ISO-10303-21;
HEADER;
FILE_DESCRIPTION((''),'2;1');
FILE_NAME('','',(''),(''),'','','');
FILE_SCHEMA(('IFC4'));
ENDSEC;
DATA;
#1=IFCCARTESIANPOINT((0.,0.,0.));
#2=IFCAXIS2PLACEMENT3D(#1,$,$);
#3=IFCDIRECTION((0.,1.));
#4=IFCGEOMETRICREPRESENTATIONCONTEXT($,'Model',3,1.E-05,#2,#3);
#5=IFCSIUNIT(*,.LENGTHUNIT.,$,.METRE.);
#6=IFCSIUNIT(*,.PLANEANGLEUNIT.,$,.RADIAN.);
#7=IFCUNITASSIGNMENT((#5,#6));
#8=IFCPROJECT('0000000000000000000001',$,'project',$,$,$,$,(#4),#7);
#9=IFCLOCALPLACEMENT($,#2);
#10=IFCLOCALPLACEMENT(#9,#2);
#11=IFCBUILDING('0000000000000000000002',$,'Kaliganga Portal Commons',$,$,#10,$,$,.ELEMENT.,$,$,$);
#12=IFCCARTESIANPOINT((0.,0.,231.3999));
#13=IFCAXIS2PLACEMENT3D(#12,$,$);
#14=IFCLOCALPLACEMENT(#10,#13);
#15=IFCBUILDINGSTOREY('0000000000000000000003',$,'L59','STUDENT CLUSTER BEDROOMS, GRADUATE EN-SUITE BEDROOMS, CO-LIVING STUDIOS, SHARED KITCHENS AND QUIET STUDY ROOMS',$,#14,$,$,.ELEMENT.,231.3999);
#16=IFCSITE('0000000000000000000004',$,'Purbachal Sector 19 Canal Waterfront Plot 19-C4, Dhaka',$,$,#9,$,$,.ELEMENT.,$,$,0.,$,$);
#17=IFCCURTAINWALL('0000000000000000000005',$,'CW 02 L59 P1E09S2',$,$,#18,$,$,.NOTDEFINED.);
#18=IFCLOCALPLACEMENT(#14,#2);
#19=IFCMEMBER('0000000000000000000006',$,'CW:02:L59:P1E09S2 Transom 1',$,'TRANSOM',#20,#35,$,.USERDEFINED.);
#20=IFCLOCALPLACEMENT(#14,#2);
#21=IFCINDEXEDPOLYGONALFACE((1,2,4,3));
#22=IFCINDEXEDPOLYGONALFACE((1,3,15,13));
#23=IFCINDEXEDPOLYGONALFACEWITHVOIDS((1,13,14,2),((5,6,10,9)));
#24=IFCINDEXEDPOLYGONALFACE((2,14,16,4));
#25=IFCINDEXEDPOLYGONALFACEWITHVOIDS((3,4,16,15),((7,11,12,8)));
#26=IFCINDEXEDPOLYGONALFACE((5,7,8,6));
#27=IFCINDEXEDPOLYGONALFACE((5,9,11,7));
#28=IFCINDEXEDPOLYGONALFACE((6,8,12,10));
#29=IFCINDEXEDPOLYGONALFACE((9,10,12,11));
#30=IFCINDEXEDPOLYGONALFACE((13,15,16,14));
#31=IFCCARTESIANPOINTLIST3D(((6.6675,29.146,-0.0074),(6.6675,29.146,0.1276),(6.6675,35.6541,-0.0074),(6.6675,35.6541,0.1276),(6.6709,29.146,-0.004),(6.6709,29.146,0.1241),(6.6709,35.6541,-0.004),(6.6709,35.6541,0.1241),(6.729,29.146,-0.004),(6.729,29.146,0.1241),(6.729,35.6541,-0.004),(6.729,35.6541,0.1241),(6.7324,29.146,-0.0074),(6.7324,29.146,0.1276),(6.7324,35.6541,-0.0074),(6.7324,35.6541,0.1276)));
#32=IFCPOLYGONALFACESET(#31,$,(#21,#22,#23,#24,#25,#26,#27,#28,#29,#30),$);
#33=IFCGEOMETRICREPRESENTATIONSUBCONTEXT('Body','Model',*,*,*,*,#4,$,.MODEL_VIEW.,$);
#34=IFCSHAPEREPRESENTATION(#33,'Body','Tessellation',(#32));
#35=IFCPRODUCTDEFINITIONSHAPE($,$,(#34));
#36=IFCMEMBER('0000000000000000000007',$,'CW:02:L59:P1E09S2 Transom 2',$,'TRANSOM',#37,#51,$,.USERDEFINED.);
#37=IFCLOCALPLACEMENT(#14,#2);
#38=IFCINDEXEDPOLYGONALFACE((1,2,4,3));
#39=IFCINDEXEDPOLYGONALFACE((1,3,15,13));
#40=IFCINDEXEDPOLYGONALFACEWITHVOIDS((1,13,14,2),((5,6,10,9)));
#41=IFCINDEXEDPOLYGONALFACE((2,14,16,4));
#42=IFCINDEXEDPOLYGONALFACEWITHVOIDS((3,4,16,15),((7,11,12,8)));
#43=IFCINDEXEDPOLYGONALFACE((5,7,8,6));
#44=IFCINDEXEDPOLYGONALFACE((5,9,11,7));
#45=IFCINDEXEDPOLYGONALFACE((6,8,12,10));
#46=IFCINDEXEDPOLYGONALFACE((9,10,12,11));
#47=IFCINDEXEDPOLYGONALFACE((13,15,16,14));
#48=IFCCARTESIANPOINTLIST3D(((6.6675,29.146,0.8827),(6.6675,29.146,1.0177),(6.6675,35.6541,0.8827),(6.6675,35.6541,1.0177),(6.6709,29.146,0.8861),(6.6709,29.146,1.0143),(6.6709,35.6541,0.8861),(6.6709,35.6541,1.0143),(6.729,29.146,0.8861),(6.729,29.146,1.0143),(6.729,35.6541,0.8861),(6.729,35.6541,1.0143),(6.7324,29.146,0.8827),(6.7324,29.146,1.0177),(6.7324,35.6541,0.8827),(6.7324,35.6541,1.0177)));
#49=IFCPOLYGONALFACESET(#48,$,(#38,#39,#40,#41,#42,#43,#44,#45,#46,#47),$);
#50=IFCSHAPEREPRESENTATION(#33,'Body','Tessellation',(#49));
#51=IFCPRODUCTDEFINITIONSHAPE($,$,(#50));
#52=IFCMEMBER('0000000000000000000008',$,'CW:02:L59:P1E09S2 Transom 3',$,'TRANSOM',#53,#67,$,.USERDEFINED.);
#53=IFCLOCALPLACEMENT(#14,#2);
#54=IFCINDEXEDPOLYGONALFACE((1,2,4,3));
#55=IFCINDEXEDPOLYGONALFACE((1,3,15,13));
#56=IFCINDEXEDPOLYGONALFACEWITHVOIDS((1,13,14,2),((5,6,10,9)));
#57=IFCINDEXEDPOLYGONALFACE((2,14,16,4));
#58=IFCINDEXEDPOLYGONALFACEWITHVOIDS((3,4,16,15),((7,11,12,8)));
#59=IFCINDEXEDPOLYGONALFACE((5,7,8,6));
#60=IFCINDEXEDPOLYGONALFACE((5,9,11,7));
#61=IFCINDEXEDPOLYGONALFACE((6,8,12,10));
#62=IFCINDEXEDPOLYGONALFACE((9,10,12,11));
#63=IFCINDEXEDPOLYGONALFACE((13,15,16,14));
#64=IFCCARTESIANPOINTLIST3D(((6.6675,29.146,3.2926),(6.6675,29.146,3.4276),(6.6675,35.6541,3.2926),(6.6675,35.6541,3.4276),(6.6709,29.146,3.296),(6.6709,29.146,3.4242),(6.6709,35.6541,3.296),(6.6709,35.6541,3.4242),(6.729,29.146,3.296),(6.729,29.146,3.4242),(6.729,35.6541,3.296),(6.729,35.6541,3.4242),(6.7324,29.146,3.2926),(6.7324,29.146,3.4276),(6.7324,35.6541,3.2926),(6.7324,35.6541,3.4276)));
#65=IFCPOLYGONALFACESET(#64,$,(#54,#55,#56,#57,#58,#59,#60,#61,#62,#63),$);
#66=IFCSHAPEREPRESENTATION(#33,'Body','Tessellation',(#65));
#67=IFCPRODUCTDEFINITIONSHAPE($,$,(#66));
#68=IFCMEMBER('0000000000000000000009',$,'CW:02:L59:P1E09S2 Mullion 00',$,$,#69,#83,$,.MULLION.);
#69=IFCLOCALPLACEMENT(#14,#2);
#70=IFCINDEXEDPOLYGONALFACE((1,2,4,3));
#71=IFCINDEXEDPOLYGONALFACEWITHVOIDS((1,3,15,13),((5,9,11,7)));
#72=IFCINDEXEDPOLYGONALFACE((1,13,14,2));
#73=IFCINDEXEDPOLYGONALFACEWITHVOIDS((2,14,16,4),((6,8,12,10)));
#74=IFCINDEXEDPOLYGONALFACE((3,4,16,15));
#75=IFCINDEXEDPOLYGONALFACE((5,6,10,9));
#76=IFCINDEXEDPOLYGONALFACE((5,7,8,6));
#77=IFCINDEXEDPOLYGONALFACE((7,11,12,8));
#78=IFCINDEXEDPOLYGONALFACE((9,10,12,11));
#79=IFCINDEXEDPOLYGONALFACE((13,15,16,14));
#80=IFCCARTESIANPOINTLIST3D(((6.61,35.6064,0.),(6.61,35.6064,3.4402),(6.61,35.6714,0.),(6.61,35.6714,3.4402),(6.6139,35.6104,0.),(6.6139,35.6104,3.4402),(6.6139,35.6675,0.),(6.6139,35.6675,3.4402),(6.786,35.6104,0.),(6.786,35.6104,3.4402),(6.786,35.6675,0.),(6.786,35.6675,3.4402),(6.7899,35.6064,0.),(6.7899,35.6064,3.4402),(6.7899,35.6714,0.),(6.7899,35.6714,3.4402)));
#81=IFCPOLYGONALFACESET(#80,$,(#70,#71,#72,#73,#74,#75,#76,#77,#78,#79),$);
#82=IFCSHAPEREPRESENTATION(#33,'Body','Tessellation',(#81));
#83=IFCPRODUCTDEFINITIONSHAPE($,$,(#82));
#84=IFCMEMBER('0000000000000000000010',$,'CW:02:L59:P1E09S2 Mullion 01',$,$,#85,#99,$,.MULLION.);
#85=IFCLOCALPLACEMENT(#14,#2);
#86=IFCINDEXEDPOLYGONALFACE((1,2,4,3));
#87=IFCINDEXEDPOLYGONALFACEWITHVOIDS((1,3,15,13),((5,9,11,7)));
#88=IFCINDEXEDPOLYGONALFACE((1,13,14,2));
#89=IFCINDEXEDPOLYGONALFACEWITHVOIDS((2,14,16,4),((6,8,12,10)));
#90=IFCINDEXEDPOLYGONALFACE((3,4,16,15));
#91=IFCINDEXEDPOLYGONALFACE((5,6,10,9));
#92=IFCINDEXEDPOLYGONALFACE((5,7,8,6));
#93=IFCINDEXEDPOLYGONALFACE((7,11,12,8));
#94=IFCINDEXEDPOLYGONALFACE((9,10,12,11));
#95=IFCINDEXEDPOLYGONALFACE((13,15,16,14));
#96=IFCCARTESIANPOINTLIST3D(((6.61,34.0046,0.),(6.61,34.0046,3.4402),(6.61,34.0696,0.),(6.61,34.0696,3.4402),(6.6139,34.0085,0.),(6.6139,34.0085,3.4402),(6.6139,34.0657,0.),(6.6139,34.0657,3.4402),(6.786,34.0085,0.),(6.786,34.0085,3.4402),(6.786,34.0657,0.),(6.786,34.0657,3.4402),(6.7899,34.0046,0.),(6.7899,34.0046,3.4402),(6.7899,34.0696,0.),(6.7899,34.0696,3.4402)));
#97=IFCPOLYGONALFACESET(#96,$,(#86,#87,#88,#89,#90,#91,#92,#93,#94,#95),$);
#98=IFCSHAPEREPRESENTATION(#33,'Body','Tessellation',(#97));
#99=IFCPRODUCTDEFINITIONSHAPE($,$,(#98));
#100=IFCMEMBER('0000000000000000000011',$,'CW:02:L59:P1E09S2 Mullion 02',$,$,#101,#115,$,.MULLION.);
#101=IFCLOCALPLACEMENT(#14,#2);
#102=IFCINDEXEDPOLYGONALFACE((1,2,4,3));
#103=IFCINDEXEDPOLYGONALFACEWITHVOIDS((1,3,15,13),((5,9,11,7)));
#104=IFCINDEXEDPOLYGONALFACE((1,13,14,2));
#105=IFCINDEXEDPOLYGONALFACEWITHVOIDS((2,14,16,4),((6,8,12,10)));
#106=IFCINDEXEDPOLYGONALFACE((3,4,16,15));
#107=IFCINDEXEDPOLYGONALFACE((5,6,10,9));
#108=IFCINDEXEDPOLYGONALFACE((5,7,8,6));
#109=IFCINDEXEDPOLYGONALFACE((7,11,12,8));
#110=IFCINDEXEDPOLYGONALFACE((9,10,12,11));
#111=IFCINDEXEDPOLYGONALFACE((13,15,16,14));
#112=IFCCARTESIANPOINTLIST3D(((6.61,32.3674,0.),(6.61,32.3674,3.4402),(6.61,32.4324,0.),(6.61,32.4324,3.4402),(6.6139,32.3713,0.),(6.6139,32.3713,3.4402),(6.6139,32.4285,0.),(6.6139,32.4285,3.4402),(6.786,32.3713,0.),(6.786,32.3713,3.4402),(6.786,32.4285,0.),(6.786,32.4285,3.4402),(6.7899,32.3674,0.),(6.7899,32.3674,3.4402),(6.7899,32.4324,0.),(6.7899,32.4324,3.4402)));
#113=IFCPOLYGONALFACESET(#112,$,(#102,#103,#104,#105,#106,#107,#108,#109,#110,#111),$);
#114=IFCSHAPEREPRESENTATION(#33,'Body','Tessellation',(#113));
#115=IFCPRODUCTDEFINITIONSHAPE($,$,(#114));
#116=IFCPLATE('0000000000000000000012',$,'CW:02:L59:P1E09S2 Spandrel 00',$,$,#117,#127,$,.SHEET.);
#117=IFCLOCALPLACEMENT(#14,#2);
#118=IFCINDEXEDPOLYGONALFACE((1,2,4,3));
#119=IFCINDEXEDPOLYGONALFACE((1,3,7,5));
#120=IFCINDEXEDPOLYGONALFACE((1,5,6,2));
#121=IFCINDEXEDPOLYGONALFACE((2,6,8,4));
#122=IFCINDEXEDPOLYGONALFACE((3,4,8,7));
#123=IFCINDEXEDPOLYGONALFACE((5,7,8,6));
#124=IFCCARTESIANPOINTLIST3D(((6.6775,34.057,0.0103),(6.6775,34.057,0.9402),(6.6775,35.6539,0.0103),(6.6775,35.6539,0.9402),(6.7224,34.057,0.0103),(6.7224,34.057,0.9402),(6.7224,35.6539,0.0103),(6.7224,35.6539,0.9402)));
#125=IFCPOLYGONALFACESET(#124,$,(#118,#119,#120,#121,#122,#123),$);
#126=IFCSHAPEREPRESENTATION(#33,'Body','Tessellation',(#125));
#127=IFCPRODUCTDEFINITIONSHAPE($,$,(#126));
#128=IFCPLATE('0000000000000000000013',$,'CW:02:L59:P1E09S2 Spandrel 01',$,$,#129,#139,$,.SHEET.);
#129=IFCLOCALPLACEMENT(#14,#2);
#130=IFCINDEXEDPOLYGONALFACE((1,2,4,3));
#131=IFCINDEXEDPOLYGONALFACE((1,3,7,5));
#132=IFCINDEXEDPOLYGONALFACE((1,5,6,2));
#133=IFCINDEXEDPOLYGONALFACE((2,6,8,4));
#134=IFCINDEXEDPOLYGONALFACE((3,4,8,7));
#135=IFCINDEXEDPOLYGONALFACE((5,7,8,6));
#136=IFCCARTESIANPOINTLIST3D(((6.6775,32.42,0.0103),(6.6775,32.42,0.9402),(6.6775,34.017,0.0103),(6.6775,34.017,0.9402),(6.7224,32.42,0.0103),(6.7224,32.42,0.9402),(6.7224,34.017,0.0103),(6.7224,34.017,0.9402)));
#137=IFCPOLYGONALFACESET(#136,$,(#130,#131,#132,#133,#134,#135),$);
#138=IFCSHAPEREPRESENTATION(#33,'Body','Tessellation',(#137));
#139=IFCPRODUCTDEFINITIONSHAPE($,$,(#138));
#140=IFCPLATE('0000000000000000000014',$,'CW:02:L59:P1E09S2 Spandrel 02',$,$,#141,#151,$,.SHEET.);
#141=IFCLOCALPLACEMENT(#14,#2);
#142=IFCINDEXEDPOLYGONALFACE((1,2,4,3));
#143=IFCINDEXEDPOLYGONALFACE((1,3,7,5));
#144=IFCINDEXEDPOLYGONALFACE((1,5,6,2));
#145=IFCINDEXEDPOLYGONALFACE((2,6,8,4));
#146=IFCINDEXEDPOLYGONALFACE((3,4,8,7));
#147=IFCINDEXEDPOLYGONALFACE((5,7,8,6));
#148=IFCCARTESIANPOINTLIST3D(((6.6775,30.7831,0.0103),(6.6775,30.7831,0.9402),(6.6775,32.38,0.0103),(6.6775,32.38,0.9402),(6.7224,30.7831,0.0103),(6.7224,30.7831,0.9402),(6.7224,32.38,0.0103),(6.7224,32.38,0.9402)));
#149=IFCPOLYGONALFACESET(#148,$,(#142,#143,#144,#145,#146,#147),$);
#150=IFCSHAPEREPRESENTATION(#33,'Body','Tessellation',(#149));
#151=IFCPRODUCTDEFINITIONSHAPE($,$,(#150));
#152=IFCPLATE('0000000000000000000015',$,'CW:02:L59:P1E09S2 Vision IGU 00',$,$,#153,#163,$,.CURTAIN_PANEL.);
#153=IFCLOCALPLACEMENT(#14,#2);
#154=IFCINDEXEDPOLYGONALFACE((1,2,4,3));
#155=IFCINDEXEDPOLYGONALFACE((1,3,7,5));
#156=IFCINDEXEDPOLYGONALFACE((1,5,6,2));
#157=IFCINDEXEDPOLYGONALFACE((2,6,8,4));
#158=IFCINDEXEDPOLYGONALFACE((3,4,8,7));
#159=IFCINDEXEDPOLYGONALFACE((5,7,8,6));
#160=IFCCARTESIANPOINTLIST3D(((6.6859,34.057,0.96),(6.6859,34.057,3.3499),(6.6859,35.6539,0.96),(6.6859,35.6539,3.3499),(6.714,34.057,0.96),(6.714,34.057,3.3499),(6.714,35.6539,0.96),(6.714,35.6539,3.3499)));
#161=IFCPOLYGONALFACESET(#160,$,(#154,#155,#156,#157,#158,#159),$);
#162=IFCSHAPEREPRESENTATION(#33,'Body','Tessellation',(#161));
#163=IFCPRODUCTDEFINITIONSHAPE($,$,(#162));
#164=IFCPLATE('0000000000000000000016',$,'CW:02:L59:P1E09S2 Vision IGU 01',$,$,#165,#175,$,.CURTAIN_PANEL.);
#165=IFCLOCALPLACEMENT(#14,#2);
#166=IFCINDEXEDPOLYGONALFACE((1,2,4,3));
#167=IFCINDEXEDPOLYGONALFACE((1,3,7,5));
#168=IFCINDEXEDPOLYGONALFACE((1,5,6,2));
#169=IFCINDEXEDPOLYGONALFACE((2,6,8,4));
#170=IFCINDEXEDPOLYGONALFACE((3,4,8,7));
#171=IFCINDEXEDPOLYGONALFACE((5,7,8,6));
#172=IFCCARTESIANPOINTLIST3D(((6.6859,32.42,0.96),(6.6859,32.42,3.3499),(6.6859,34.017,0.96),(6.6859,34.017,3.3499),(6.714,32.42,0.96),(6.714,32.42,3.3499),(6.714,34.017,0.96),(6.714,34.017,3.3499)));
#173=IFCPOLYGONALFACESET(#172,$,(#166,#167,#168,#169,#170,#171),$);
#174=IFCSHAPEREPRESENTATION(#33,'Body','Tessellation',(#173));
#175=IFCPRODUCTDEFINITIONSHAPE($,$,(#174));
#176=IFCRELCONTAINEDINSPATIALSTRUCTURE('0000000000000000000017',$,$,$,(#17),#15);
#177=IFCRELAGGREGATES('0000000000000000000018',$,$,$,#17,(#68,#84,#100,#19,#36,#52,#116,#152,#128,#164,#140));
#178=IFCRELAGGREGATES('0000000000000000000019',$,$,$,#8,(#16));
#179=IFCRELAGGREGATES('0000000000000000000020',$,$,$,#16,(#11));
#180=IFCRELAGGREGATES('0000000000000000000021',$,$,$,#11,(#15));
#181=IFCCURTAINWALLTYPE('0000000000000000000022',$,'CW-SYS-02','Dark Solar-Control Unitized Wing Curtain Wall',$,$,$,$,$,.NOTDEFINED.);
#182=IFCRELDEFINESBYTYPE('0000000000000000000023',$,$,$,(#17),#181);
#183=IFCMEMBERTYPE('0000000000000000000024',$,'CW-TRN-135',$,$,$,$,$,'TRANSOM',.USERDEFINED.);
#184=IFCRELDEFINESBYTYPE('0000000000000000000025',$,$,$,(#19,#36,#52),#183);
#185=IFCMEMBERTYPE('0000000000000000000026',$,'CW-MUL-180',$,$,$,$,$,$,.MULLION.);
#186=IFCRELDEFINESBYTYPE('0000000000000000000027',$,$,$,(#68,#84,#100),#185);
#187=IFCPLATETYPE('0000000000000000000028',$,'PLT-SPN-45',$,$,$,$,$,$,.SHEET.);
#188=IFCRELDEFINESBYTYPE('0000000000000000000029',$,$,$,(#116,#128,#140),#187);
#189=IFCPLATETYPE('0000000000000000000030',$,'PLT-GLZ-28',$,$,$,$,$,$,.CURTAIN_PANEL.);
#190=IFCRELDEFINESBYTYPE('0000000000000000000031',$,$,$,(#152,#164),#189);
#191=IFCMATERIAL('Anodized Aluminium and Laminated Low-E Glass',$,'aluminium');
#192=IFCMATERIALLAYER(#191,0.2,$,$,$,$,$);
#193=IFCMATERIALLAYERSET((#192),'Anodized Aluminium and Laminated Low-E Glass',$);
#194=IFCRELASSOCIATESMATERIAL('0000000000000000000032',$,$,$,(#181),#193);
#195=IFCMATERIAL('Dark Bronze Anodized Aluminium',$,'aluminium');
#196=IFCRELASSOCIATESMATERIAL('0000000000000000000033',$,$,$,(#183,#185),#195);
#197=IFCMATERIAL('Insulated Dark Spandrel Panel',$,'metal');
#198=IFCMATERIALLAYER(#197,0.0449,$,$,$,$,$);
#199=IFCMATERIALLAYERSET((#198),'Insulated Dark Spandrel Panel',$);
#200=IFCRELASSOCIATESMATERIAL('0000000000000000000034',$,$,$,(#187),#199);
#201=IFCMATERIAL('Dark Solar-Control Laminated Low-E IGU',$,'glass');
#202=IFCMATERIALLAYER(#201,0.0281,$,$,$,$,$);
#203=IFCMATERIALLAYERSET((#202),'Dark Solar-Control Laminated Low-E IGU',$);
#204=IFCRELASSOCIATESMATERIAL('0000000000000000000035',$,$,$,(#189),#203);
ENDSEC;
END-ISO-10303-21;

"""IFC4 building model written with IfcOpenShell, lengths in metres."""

from ifc_helpers import new_model, si_unit, direction, frame, origin, origin_2d, place, context, subcontext, project, spatial, rectangle, hollow_rectangle, extrude, source, transform, mapped, material, layer, layer_set, material_profile, profile_set, type_object, element, aggregate, save


model = new_model("IFC4")

# Units and contexts
model_context = context("Model", 3, precision=1e-05, world=origin(), true_north=direction((0.0, 1.0)))
body_context = subcontext(model_context, "Body", "Model", "MODEL_VIEW")
ifc_project = project(units=[si_unit("LENGTHUNIT", "METRE"), si_unit("PLANEANGLEUNIT", "RADIAN")], contexts=[model_context])

# Site, building, storey
site_placement = place(None, origin())
site = spatial("IfcSite", under=ifc_project, at=site_placement, Name="Purbachal Sector 19 Canal Waterfront Plot 19-C4, Dhaka", CompositionType="ELEMENT", RefElevation=0.0)
building_placement = place(site_placement, origin())
building = spatial("IfcBuilding", under=site, at=building_placement, Name="Kaliganga Portal Commons", CompositionType="ELEMENT")
storey_placement = place(building_placement, frame((0.0, 0.0, 231.3999)))
storey = spatial("IfcBuildingStorey", under=building, at=storey_placement, Name="L59", Description="STUDENT CLUSTER BEDROOMS, GRADUATE EN-SUITE BEDROOMS, CO-LIVING STUDIOS, SHARED KITCHENS AND QUIET STUDY ROOMS", CompositionType="ELEMENT", Elevation=231.3999)

# Curtain wall, members, plates
ifc_material_1 = material(Name="Anodized Aluminium and Laminated Low-E Glass", Category="aluminium")
ifc_layer_1 = layer(ifc_material_1, 0.2)
ifc_layer_set_1 = layer_set([ifc_layer_1], Name="Anodized Aluminium and Laminated Low-E Glass")
curtain_wall_type = type_object("IfcCurtainWallType", Name="CW-SYS-02", Description="Dark Solar-Control Unitized Wing Curtain Wall", PredefinedType="NOTDEFINED", material=ifc_layer_set_1)
curtain_wall_placement = place(storey_placement, origin())
curtain_wall = element("IfcCurtainWall", 1, at=curtain_wall_placement, inside=storey, type_object=curtain_wall_type, Name="CW 02 L59 P1E09S2", PredefinedType="NOTDEFINED")
ifc_material_2 = material(Name="Dark Bronze Anodized Aluminium", Category="aluminium")
ifc_material_profile_1 = material_profile(ifc_material_2, hollow_rectangle(XDim=0.0649, YDim=0.135, WallThickness=0.0034, at=origin_2d()), Name="ALU TRAN 65x135x3.5")
ifc_profile_set_1 = profile_set([ifc_material_profile_1], Name="Dark Bronze Anodized Aluminium")
member_type_1 = type_object("IfcMemberType", Name="CW-TRN-135", ElementType="TRANSOM", PredefinedType="USERDEFINED", material=ifc_profile_set_1)
shared_shape_1 = source(origin(), body_context, "Body", "SweptSolid", [
    extrude(hollow_rectangle(XDim=0.0649, YDim=0.135, WallThickness=0.0034, at=origin_2d()), origin(), (0.0, 0.0, 1.0), 6.5081),
])
member_1_placement = place(storey_placement, frame((6.7, 35.6541, 0.0601), z_axis=(0.0, -1.0, 0.0), x_axis=(1.0, 0.0, 0.0)))
member_1 = element("IfcMember", 2, at=member_1_placement, type_object=member_type_1, Name="CW:02:L59:P1E09S2 Transom 1", ObjectType="TRANSOM", PredefinedType="USERDEFINED", context=body_context, shape_type="MappedRepresentation", body=[
    mapped(shared_shape_1, transform((0.0, 0.0, 0.0), x_axis=(1.0, 0.0, 0.0), y_axis=(0.0, 1.0, 0.0), z_axis=(0.0, 0.0, 1.0), scale=1.0)),
])
member_2_placement = place(storey_placement, frame((6.7, 35.6541, 0.9502), z_axis=(0.0, -1.0, 0.0), x_axis=(1.0, 0.0, 0.0)))
member_2 = element("IfcMember", 3, at=member_2_placement, type_object=member_type_1, Name="CW:02:L59:P1E09S2 Transom 2", ObjectType="TRANSOM", PredefinedType="USERDEFINED", context=body_context, shape_type="MappedRepresentation", body=[
    mapped(shared_shape_1, transform((0.0, 0.0, 0.0), x_axis=(1.0, 0.0, 0.0), y_axis=(0.0, 1.0, 0.0), z_axis=(0.0, 0.0, 1.0), scale=1.0)),
])
member_3_placement = place(storey_placement, frame((6.7, 35.6541, 3.3601), z_axis=(0.0, -1.0, 0.0), x_axis=(1.0, 0.0, 0.0)))
member_3 = element("IfcMember", 4, at=member_3_placement, type_object=member_type_1, Name="CW:02:L59:P1E09S2 Transom 3", ObjectType="TRANSOM", PredefinedType="USERDEFINED", context=body_context, shape_type="MappedRepresentation", body=[
    mapped(shared_shape_1, transform((0.0, 0.0, 0.0), x_axis=(1.0, 0.0, 0.0), y_axis=(0.0, 1.0, 0.0), z_axis=(0.0, 0.0, 1.0), scale=1.0)),
])
ifc_material_profile_2 = material_profile(ifc_material_2, hollow_rectangle(XDim=0.0649, YDim=0.1799, WallThickness=0.0039, at=origin_2d()), Name="ALU MULL 65x180x4")
ifc_profile_set_2 = profile_set([ifc_material_profile_2], Name="Dark Bronze Anodized Aluminium")
member_type_2 = type_object("IfcMemberType", Name="CW-MUL-180", PredefinedType="MULLION", material=ifc_profile_set_2)
shared_shape_2 = source(origin(), body_context, "Body", "SweptSolid", [
    extrude(hollow_rectangle(XDim=0.0649, YDim=0.1799, WallThickness=0.0039, at=origin_2d()), origin(), (0.0, 0.0, 1.0), 3.4402),
])
member_4_placement = place(storey_placement, frame((6.7, 35.6389, 0.0), z_axis=(0.0, 0.0, 1.0), x_axis=(0.0, -1.0, 0.0)))
member_4 = element("IfcMember", 5, at=member_4_placement, type_object=member_type_2, Name="CW:02:L59:P1E09S2 Mullion 00", PredefinedType="MULLION", context=body_context, shape_type="MappedRepresentation", body=[
    mapped(shared_shape_2, transform((0.0, 0.0, 0.0), x_axis=(1.0, 0.0, 0.0), y_axis=(0.0, 1.0, 0.0), z_axis=(0.0, 0.0, 1.0), scale=1.0)),
])
member_5_placement = place(storey_placement, frame((6.7, 34.0371, 0.0), z_axis=(0.0, 0.0, 1.0), x_axis=(0.0, -1.0, 0.0)))
member_5 = element("IfcMember", 6, at=member_5_placement, type_object=member_type_2, Name="CW:02:L59:P1E09S2 Mullion 01", PredefinedType="MULLION", context=body_context, shape_type="MappedRepresentation", body=[
    mapped(shared_shape_2, transform((0.0, 0.0, 0.0), x_axis=(1.0, 0.0, 0.0), y_axis=(0.0, 1.0, 0.0), z_axis=(0.0, 0.0, 1.0), scale=1.0)),
])
member_6_placement = place(storey_placement, frame((6.7, 32.3999, 0.0), z_axis=(0.0, 0.0, 1.0), x_axis=(0.0, -1.0, 0.0)))
member_6 = element("IfcMember", 7, at=member_6_placement, type_object=member_type_2, Name="CW:02:L59:P1E09S2 Mullion 02", PredefinedType="MULLION", context=body_context, shape_type="MappedRepresentation", body=[
    mapped(shared_shape_2, transform((0.0, 0.0, 0.0), x_axis=(1.0, 0.0, 0.0), y_axis=(0.0, 1.0, 0.0), z_axis=(0.0, 0.0, 1.0), scale=1.0)),
])
ifc_material_3 = material(Name="Insulated Dark Spandrel Panel", Category="metal")
ifc_layer_2 = layer(ifc_material_3, 0.0449)
ifc_layer_set_2 = layer_set([ifc_layer_2], Name="Insulated Dark Spandrel Panel")
plate_type_1 = type_object("IfcPlateType", Name="PLT-SPN-45", PredefinedType="SHEET", material=ifc_layer_set_2)
shared_shape_3 = source(origin(), body_context, "Body", "SweptSolid", [
    extrude(rectangle(XDim=1.5969, YDim=0.0449, at=origin_2d()), origin(), (0.0, 0.0, 1.0), 0.9299),
])
plate_1_placement = place(storey_placement, frame((6.7, 34.8555, 0.0103), z_axis=(0.0, 0.0, 1.0), x_axis=(0.0, -1.0, 0.0)))
plate_1 = element("IfcPlate", 8, at=plate_1_placement, type_object=plate_type_1, Name="CW:02:L59:P1E09S2 Spandrel 00", PredefinedType="SHEET", context=body_context, shape_type="MappedRepresentation", body=[
    mapped(shared_shape_3, transform((0.0, 0.0, 0.0), x_axis=(1.0, 0.0, 0.0), y_axis=(0.0, 1.0, 0.0), z_axis=(0.0, 0.0, 1.0), scale=1.0)),
])
plate_2_placement = place(storey_placement, frame((6.7, 33.2185, 0.0103), z_axis=(0.0, 0.0, 1.0), x_axis=(0.0, -1.0, 0.0)))
plate_2 = element("IfcPlate", 9, at=plate_2_placement, type_object=plate_type_1, Name="CW:02:L59:P1E09S2 Spandrel 01", PredefinedType="SHEET", context=body_context, shape_type="MappedRepresentation", body=[
    mapped(shared_shape_3, transform((0.0, 0.0, 0.0), x_axis=(1.0, 0.0, 0.0), y_axis=(0.0, 1.0, 0.0), z_axis=(0.0, 0.0, 1.0), scale=1.0)),
])
plate_3_placement = place(storey_placement, frame((6.7, 31.5815, 0.0103), z_axis=(0.0, 0.0, 1.0), x_axis=(0.0, -1.0, 0.0)))
plate_3 = element("IfcPlate", 10, at=plate_3_placement, type_object=plate_type_1, Name="CW:02:L59:P1E09S2 Spandrel 02", PredefinedType="SHEET", context=body_context, shape_type="MappedRepresentation", body=[
    mapped(shared_shape_3, transform((0.0, 0.0, 0.0), x_axis=(1.0, 0.0, 0.0), y_axis=(0.0, 1.0, 0.0), z_axis=(0.0, 0.0, 1.0), scale=1.0)),
])
ifc_material_4 = material(Name="Dark Solar-Control Laminated Low-E IGU", Category="glass")
ifc_layer_3 = layer(ifc_material_4, 0.0281)
ifc_layer_set_3 = layer_set([ifc_layer_3], Name="Dark Solar-Control Laminated Low-E IGU")
plate_type_2 = type_object("IfcPlateType", Name="PLT-GLZ-28", PredefinedType="CURTAIN_PANEL", material=ifc_layer_set_3)
shared_shape_4 = source(origin(), body_context, "Body", "SweptSolid", [
    extrude(rectangle(XDim=1.5969, YDim=0.0281, at=origin_2d()), origin(), (0.0, 0.0, 1.0), 2.3899),
])
plate_4_placement = place(storey_placement, frame((6.7, 34.8555, 0.96), z_axis=(0.0, 0.0, 1.0), x_axis=(0.0, -1.0, 0.0)))
plate_4 = element("IfcPlate", 11, at=plate_4_placement, type_object=plate_type_2, Name="CW:02:L59:P1E09S2 Vision IGU 00", PredefinedType="CURTAIN_PANEL", context=body_context, shape_type="MappedRepresentation", body=[
    mapped(shared_shape_4, transform((0.0, 0.0, 0.0), x_axis=(1.0, 0.0, 0.0), y_axis=(0.0, 1.0, 0.0), z_axis=(0.0, 0.0, 1.0), scale=1.0)),
])
plate_5_placement = place(storey_placement, frame((6.7, 33.2185, 0.96), z_axis=(0.0, 0.0, 1.0), x_axis=(0.0, -1.0, 0.0)))
plate_5 = element("IfcPlate", 12, at=plate_5_placement, type_object=plate_type_2, Name="CW:02:L59:P1E09S2 Vision IGU 01", PredefinedType="CURTAIN_PANEL", context=body_context, shape_type="MappedRepresentation", body=[
    mapped(shared_shape_4, transform((0.0, 0.0, 0.0), x_axis=(1.0, 0.0, 0.0), y_axis=(0.0, 1.0, 0.0), z_axis=(0.0, 0.0, 1.0), scale=1.0)),
])
aggregate(curtain_wall, [member_4, member_5, member_6, member_1, member_2, member_3, plate_1, plate_4, plate_2, plate_5, plate_3])

save(model, "model.ifc")
